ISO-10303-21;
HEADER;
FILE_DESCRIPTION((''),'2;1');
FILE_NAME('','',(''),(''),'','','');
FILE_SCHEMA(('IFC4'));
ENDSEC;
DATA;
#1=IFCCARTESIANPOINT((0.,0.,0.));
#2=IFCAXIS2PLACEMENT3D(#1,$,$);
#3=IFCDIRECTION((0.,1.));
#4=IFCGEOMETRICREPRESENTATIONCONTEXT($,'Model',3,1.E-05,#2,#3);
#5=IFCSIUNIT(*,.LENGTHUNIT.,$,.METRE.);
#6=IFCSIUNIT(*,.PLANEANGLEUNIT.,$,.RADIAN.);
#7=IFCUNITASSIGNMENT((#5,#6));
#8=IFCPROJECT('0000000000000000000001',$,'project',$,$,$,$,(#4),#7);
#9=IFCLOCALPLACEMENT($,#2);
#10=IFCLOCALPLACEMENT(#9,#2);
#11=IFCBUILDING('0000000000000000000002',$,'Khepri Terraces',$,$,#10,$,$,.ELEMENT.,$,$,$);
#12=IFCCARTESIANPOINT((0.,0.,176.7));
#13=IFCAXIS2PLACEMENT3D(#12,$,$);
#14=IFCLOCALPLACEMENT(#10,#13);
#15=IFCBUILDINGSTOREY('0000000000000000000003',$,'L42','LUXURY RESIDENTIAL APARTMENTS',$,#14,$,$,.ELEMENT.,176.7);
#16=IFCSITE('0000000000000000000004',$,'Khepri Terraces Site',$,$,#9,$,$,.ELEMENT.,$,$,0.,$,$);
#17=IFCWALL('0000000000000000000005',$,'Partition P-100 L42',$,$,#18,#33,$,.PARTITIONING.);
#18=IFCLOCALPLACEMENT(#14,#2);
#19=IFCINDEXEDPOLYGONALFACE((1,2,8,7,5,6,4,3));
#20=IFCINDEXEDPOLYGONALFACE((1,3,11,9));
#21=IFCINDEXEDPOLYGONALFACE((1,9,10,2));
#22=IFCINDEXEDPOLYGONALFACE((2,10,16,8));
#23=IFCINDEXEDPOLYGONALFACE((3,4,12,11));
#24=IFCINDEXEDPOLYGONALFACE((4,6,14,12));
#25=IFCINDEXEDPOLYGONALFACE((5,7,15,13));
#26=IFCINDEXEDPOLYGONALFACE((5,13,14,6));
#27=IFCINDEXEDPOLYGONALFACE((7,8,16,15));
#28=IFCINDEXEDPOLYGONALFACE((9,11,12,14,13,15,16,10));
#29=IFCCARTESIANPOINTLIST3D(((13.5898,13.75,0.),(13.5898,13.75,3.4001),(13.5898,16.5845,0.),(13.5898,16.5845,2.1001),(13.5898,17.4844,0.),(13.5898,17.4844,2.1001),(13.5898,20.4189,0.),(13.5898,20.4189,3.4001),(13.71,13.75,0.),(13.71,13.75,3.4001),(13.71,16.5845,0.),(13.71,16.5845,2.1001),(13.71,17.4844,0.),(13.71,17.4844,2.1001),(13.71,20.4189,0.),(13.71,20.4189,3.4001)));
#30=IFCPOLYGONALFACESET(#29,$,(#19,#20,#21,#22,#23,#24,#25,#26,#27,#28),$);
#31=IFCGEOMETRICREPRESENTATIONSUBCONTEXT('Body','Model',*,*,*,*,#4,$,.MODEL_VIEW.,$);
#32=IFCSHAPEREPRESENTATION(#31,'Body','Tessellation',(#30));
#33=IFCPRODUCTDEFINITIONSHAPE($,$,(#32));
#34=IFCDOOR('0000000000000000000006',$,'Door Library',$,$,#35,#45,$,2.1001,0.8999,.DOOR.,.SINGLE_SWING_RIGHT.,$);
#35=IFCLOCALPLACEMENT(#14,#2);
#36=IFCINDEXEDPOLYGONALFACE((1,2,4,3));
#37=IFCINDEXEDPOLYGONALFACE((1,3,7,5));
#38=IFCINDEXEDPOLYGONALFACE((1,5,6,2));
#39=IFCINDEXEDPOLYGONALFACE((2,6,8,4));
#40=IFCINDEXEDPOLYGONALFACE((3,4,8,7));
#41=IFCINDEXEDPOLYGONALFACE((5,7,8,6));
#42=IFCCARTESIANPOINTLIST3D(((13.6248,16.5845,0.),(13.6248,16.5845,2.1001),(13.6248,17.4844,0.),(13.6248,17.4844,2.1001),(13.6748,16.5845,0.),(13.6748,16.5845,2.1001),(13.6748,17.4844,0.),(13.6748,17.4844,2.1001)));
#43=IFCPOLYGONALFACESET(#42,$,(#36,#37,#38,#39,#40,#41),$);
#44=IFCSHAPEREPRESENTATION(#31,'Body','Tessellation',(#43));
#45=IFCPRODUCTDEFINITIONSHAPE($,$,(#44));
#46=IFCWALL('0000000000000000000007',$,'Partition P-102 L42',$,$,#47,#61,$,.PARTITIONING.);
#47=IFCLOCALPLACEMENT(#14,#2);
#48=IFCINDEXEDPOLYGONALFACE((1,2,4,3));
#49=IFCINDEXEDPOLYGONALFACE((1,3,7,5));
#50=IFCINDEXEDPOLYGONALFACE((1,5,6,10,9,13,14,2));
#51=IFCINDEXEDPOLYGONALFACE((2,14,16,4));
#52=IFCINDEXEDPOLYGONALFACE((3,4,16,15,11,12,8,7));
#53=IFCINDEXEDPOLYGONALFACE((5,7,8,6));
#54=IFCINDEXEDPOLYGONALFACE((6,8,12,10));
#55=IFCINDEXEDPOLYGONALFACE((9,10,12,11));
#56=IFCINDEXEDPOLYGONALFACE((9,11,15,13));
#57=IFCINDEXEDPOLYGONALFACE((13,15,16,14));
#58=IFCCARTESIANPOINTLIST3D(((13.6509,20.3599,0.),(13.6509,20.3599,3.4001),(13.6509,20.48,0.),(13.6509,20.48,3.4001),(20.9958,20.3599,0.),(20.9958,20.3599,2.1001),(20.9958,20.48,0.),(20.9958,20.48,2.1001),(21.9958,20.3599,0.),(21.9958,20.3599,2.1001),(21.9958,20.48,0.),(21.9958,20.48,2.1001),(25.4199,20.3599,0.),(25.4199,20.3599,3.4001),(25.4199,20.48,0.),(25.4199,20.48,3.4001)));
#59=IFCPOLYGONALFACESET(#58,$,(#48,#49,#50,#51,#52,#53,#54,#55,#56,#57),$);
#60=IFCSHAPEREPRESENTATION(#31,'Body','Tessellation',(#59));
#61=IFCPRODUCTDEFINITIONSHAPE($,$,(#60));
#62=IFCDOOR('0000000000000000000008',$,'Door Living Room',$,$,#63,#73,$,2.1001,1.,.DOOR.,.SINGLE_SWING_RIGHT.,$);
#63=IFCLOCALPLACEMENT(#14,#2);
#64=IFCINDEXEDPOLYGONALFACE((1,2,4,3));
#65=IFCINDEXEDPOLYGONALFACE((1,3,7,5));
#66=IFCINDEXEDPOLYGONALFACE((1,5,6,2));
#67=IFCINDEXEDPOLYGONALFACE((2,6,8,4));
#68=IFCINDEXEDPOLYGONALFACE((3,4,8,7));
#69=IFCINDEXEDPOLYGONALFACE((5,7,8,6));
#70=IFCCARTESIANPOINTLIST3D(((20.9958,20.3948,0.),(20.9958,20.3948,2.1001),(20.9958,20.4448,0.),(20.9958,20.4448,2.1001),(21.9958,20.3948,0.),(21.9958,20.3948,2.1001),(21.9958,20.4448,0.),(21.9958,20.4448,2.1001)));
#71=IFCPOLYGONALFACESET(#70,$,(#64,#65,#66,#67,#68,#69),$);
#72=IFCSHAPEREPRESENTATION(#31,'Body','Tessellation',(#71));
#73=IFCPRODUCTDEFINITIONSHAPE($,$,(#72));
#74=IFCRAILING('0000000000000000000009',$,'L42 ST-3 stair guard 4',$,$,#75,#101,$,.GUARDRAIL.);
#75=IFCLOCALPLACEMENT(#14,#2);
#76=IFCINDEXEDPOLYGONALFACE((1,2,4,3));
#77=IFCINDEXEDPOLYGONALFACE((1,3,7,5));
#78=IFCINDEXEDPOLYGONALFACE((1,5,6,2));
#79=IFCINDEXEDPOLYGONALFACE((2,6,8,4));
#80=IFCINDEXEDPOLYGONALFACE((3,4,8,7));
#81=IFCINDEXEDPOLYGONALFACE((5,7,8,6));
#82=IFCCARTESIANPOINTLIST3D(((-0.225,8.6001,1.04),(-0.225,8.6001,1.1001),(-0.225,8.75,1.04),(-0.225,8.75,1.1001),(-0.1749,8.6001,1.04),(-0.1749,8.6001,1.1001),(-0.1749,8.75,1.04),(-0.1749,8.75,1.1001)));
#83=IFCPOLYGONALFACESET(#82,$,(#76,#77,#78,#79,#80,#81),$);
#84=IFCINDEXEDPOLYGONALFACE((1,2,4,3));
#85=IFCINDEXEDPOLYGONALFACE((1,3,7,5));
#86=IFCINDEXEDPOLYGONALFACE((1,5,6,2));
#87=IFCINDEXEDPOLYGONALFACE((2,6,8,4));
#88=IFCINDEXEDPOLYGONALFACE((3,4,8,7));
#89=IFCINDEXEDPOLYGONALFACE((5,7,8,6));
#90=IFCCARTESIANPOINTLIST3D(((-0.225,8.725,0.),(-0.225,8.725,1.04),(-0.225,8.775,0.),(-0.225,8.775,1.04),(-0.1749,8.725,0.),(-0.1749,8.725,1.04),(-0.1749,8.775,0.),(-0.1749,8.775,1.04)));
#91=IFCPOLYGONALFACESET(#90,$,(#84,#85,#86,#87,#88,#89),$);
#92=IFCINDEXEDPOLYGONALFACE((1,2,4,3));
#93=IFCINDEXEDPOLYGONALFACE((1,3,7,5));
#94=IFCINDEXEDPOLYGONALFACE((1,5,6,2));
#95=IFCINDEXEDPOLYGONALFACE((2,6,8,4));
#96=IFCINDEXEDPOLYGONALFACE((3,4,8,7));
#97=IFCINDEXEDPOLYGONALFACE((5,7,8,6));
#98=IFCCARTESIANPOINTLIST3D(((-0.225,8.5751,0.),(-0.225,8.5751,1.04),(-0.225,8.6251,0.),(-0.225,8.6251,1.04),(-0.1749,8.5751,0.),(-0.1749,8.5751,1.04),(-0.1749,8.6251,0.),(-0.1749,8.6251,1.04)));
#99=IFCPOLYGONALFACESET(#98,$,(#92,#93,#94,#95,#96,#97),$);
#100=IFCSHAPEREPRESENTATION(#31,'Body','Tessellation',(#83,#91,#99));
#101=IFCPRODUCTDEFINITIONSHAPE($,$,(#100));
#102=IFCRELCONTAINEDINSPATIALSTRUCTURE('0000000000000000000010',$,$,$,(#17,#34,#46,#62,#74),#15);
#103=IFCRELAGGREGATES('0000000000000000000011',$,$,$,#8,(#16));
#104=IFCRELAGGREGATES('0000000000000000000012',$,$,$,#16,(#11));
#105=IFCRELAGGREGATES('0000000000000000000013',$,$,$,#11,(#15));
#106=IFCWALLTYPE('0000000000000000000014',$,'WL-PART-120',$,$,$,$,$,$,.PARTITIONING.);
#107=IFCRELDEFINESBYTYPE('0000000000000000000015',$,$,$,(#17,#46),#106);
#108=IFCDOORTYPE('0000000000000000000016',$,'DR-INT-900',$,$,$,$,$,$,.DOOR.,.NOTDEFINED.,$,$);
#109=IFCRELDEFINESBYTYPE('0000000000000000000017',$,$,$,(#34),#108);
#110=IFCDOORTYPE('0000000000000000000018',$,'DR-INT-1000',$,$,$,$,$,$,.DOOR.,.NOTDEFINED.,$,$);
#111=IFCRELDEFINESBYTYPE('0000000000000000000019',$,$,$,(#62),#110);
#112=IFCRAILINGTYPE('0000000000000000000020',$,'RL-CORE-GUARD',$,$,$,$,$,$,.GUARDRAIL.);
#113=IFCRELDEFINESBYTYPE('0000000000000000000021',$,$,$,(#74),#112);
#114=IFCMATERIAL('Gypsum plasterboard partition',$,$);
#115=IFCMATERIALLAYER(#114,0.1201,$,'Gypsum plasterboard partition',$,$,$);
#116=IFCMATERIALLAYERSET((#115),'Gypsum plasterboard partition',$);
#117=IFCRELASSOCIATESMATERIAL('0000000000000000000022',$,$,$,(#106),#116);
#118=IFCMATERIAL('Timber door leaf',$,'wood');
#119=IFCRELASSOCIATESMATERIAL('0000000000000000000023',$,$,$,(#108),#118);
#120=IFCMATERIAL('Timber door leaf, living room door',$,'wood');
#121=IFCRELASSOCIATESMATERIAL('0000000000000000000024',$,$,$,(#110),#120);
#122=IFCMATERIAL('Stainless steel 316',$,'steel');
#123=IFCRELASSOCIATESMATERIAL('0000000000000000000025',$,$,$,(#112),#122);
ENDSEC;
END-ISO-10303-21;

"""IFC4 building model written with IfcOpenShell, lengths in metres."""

from ifc_helpers import new_model, si_unit, direction, frame, frame_2d, origin, origin_2d, place, context, subcontext, project, spatial, rectangle, extrude, material, layer, layer_set, type_object, element, fill, save


model = new_model("IFC4")

# Units and contexts
model_context = context("Model", 3, precision=1e-05, world=origin(), true_north=direction((0.0, 1.0)))
body_context = subcontext(model_context, "Body", "Model", "MODEL_VIEW")
ifc_project = project(units=[si_unit("LENGTHUNIT", "METRE"), si_unit("PLANEANGLEUNIT", "RADIAN")], contexts=[model_context])

# Site, building, storey
site_placement = place(None, origin())
site = spatial("IfcSite", under=ifc_project, at=site_placement, Name="Khepri Terraces Site", CompositionType="ELEMENT", RefElevation=0.0)
building_placement = place(site_placement, origin())
building = spatial("IfcBuilding", under=site, at=building_placement, Name="Khepri Terraces", CompositionType="ELEMENT")
storey_placement = place(building_placement, frame((0.0, 0.0, 176.7)))
storey = spatial("IfcBuildingStorey", under=building, at=storey_placement, Name="L42", Description="LUXURY RESIDENTIAL APARTMENTS", CompositionType="ELEMENT", Elevation=176.7)

# Shared definitions
ifc_material_1 = material(Name="Gypsum plasterboard partition")
ifc_layer_1 = layer(ifc_material_1, 0.1201, Name="Gypsum plasterboard partition")
ifc_layer_set_1 = layer_set([ifc_layer_1], Name="Gypsum plasterboard partition")
wall_type_1 = type_object("IfcWallType", Name="WL-PART-120", PredefinedType="PARTITIONING", material=ifc_layer_set_1)

# Walls, openings, doors
wall_1_placement = place(storey_placement, frame((13.6499, 13.75, 0.0), z_axis=(0.0, 0.0, 1.0), x_axis=(0.0, 1.0, 0.0)))
wall_1 = element("IfcWall", 1, at=wall_1_placement, inside=storey, type_object=wall_type_1, Name="Partition P-100 L42", PredefinedType="PARTITIONING", context=body_context, shape_type="SweptSolid", body=[
    extrude(rectangle(XDim=6.6689, YDim=0.1201, at=frame_2d((3.3345, 0.0))), origin(), (0.0, 0.0, 1.0), 3.4001),
])
opening_1_placement = place(wall_1_placement, frame((2.8345, 0.0, 0.0)))
opening_1 = element("IfcOpeningElement", 2, at=opening_1_placement, cuts=wall_1, PredefinedType="OPENING", context=body_context, shape_type="SweptSolid", body=[
    extrude(rectangle(XDim=0.8999, YDim=2.1001, at=frame_2d((0.45, 1.05))), frame((0.0, 0.0701, 0.0), z_axis=(0.0, -1.0, 0.0), x_axis=(1.0, 0.0, 0.0)), (0.0, 0.0, 1.0), 0.1401),
])
ifc_material_2 = material(Name="Timber door leaf", Category="wood")
door_type_1 = type_object("IfcDoorType", Name="DR-INT-900", OperationType="NOTDEFINED", PredefinedType="DOOR", material=ifc_material_2)
door_1_placement = place(opening_1_placement, frame((0.8999, 0.0, 0.0), z_axis=(0.0, 0.0, 1.0), x_axis=(-1.0, 0.0, 0.0)))
door_1 = element("IfcDoor", 3, at=door_1_placement, inside=storey, type_object=door_type_1, Name="Door Library", OperationType="SINGLE_SWING_RIGHT", OverallHeight=2.1001, OverallWidth=0.8999, PredefinedType="DOOR", context=body_context, shape_type="SweptSolid", body=[
    extrude(rectangle(XDim=0.8999, YDim=2.1001, at=frame_2d((0.45, 1.05))), frame((0.0, 0.0249, 0.0), z_axis=(0.0, -1.0, 0.0), x_axis=(1.0, 0.0, 0.0)), (0.0, 0.0, 1.0), 0.05),
])
fill(opening_1, door_1)
wall_2_placement = place(storey_placement, frame((13.6509, 20.4199, 0.0), z_axis=(0.0, 0.0, 1.0), x_axis=(1.0, 0.0, 0.0)))
wall_2 = element("IfcWall", 4, at=wall_2_placement, inside=storey, type_object=wall_type_1, Name="Partition P-102 L42", PredefinedType="PARTITIONING", context=body_context, shape_type="SweptSolid", body=[
    extrude(rectangle(XDim=11.769, YDim=0.1201, at=frame_2d((5.8845, 0.0))), origin(), (0.0, 0.0, 1.0), 3.4001),
])
opening_2_placement = place(wall_2_placement, frame((7.345, 0.0, 0.0)))
opening_2 = element("IfcOpeningElement", 5, at=opening_2_placement, cuts=wall_2, PredefinedType="OPENING", context=body_context, shape_type="SweptSolid", body=[
    extrude(rectangle(XDim=1.0, YDim=2.1001, at=frame_2d((0.5, 1.05))), frame((0.0, 0.0701, 0.0), z_axis=(0.0, -1.0, 0.0), x_axis=(1.0, 0.0, 0.0)), (0.0, 0.0, 1.0), 0.1401),
])
ifc_material_3 = material(Name="Timber door leaf, living room door", Category="wood")
door_type_2 = type_object("IfcDoorType", Name="DR-INT-1000", OperationType="NOTDEFINED", PredefinedType="DOOR", material=ifc_material_3)
door_2_placement = place(opening_2_placement, origin())
door_2 = element("IfcDoor", 6, at=door_2_placement, inside=storey, type_object=door_type_2, Name="Door Living Room", OperationType="SINGLE_SWING_RIGHT", OverallHeight=2.1001, OverallWidth=1.0, PredefinedType="DOOR", context=body_context, shape_type="SweptSolid", body=[
    extrude(rectangle(XDim=1.0, YDim=2.1001, at=frame_2d((0.5, 1.05))), frame((0.0, 0.0249, 0.0), z_axis=(0.0, -1.0, 0.0), x_axis=(1.0, 0.0, 0.0)), (0.0, 0.0, 1.0), 0.05),
])
fill(opening_2, door_2)

# Railing
ifc_material_4 = material(Name="Stainless steel 316", Category="steel")
railing_type = type_object("IfcRailingType", Name="RL-CORE-GUARD", PredefinedType="GUARDRAIL", material=ifc_material_4)
railing_placement = place(storey_placement, frame((-0.2, 8.75, 0.0)))
element("IfcRailing", 7, at=railing_placement, inside=storey, type_object=railing_type, Name="L42 ST-3 stair guard 4", PredefinedType="GUARDRAIL", context=body_context, shape_type="SweptSolid", body=[
    extrude(rectangle(XDim=0.05, YDim=0.0601, at=origin_2d()), frame((0.0, 0.0, 1.0701), z_axis=(0.0, -1.0, 0.0), x_axis=(1.0, 0.0, 0.0)), (0.0, 0.0, 1.0), 0.1499),
    extrude(rectangle(XDim=0.05, YDim=0.05, at=origin_2d()), origin(), (0.0, 0.0, 1.0), 1.04),
    extrude(rectangle(XDim=0.05, YDim=0.05, at=origin_2d()), frame((0.0, -0.1499, 0.0)), (0.0, 0.0, 1.0), 1.04),
])

save(model, "model.ifc")
